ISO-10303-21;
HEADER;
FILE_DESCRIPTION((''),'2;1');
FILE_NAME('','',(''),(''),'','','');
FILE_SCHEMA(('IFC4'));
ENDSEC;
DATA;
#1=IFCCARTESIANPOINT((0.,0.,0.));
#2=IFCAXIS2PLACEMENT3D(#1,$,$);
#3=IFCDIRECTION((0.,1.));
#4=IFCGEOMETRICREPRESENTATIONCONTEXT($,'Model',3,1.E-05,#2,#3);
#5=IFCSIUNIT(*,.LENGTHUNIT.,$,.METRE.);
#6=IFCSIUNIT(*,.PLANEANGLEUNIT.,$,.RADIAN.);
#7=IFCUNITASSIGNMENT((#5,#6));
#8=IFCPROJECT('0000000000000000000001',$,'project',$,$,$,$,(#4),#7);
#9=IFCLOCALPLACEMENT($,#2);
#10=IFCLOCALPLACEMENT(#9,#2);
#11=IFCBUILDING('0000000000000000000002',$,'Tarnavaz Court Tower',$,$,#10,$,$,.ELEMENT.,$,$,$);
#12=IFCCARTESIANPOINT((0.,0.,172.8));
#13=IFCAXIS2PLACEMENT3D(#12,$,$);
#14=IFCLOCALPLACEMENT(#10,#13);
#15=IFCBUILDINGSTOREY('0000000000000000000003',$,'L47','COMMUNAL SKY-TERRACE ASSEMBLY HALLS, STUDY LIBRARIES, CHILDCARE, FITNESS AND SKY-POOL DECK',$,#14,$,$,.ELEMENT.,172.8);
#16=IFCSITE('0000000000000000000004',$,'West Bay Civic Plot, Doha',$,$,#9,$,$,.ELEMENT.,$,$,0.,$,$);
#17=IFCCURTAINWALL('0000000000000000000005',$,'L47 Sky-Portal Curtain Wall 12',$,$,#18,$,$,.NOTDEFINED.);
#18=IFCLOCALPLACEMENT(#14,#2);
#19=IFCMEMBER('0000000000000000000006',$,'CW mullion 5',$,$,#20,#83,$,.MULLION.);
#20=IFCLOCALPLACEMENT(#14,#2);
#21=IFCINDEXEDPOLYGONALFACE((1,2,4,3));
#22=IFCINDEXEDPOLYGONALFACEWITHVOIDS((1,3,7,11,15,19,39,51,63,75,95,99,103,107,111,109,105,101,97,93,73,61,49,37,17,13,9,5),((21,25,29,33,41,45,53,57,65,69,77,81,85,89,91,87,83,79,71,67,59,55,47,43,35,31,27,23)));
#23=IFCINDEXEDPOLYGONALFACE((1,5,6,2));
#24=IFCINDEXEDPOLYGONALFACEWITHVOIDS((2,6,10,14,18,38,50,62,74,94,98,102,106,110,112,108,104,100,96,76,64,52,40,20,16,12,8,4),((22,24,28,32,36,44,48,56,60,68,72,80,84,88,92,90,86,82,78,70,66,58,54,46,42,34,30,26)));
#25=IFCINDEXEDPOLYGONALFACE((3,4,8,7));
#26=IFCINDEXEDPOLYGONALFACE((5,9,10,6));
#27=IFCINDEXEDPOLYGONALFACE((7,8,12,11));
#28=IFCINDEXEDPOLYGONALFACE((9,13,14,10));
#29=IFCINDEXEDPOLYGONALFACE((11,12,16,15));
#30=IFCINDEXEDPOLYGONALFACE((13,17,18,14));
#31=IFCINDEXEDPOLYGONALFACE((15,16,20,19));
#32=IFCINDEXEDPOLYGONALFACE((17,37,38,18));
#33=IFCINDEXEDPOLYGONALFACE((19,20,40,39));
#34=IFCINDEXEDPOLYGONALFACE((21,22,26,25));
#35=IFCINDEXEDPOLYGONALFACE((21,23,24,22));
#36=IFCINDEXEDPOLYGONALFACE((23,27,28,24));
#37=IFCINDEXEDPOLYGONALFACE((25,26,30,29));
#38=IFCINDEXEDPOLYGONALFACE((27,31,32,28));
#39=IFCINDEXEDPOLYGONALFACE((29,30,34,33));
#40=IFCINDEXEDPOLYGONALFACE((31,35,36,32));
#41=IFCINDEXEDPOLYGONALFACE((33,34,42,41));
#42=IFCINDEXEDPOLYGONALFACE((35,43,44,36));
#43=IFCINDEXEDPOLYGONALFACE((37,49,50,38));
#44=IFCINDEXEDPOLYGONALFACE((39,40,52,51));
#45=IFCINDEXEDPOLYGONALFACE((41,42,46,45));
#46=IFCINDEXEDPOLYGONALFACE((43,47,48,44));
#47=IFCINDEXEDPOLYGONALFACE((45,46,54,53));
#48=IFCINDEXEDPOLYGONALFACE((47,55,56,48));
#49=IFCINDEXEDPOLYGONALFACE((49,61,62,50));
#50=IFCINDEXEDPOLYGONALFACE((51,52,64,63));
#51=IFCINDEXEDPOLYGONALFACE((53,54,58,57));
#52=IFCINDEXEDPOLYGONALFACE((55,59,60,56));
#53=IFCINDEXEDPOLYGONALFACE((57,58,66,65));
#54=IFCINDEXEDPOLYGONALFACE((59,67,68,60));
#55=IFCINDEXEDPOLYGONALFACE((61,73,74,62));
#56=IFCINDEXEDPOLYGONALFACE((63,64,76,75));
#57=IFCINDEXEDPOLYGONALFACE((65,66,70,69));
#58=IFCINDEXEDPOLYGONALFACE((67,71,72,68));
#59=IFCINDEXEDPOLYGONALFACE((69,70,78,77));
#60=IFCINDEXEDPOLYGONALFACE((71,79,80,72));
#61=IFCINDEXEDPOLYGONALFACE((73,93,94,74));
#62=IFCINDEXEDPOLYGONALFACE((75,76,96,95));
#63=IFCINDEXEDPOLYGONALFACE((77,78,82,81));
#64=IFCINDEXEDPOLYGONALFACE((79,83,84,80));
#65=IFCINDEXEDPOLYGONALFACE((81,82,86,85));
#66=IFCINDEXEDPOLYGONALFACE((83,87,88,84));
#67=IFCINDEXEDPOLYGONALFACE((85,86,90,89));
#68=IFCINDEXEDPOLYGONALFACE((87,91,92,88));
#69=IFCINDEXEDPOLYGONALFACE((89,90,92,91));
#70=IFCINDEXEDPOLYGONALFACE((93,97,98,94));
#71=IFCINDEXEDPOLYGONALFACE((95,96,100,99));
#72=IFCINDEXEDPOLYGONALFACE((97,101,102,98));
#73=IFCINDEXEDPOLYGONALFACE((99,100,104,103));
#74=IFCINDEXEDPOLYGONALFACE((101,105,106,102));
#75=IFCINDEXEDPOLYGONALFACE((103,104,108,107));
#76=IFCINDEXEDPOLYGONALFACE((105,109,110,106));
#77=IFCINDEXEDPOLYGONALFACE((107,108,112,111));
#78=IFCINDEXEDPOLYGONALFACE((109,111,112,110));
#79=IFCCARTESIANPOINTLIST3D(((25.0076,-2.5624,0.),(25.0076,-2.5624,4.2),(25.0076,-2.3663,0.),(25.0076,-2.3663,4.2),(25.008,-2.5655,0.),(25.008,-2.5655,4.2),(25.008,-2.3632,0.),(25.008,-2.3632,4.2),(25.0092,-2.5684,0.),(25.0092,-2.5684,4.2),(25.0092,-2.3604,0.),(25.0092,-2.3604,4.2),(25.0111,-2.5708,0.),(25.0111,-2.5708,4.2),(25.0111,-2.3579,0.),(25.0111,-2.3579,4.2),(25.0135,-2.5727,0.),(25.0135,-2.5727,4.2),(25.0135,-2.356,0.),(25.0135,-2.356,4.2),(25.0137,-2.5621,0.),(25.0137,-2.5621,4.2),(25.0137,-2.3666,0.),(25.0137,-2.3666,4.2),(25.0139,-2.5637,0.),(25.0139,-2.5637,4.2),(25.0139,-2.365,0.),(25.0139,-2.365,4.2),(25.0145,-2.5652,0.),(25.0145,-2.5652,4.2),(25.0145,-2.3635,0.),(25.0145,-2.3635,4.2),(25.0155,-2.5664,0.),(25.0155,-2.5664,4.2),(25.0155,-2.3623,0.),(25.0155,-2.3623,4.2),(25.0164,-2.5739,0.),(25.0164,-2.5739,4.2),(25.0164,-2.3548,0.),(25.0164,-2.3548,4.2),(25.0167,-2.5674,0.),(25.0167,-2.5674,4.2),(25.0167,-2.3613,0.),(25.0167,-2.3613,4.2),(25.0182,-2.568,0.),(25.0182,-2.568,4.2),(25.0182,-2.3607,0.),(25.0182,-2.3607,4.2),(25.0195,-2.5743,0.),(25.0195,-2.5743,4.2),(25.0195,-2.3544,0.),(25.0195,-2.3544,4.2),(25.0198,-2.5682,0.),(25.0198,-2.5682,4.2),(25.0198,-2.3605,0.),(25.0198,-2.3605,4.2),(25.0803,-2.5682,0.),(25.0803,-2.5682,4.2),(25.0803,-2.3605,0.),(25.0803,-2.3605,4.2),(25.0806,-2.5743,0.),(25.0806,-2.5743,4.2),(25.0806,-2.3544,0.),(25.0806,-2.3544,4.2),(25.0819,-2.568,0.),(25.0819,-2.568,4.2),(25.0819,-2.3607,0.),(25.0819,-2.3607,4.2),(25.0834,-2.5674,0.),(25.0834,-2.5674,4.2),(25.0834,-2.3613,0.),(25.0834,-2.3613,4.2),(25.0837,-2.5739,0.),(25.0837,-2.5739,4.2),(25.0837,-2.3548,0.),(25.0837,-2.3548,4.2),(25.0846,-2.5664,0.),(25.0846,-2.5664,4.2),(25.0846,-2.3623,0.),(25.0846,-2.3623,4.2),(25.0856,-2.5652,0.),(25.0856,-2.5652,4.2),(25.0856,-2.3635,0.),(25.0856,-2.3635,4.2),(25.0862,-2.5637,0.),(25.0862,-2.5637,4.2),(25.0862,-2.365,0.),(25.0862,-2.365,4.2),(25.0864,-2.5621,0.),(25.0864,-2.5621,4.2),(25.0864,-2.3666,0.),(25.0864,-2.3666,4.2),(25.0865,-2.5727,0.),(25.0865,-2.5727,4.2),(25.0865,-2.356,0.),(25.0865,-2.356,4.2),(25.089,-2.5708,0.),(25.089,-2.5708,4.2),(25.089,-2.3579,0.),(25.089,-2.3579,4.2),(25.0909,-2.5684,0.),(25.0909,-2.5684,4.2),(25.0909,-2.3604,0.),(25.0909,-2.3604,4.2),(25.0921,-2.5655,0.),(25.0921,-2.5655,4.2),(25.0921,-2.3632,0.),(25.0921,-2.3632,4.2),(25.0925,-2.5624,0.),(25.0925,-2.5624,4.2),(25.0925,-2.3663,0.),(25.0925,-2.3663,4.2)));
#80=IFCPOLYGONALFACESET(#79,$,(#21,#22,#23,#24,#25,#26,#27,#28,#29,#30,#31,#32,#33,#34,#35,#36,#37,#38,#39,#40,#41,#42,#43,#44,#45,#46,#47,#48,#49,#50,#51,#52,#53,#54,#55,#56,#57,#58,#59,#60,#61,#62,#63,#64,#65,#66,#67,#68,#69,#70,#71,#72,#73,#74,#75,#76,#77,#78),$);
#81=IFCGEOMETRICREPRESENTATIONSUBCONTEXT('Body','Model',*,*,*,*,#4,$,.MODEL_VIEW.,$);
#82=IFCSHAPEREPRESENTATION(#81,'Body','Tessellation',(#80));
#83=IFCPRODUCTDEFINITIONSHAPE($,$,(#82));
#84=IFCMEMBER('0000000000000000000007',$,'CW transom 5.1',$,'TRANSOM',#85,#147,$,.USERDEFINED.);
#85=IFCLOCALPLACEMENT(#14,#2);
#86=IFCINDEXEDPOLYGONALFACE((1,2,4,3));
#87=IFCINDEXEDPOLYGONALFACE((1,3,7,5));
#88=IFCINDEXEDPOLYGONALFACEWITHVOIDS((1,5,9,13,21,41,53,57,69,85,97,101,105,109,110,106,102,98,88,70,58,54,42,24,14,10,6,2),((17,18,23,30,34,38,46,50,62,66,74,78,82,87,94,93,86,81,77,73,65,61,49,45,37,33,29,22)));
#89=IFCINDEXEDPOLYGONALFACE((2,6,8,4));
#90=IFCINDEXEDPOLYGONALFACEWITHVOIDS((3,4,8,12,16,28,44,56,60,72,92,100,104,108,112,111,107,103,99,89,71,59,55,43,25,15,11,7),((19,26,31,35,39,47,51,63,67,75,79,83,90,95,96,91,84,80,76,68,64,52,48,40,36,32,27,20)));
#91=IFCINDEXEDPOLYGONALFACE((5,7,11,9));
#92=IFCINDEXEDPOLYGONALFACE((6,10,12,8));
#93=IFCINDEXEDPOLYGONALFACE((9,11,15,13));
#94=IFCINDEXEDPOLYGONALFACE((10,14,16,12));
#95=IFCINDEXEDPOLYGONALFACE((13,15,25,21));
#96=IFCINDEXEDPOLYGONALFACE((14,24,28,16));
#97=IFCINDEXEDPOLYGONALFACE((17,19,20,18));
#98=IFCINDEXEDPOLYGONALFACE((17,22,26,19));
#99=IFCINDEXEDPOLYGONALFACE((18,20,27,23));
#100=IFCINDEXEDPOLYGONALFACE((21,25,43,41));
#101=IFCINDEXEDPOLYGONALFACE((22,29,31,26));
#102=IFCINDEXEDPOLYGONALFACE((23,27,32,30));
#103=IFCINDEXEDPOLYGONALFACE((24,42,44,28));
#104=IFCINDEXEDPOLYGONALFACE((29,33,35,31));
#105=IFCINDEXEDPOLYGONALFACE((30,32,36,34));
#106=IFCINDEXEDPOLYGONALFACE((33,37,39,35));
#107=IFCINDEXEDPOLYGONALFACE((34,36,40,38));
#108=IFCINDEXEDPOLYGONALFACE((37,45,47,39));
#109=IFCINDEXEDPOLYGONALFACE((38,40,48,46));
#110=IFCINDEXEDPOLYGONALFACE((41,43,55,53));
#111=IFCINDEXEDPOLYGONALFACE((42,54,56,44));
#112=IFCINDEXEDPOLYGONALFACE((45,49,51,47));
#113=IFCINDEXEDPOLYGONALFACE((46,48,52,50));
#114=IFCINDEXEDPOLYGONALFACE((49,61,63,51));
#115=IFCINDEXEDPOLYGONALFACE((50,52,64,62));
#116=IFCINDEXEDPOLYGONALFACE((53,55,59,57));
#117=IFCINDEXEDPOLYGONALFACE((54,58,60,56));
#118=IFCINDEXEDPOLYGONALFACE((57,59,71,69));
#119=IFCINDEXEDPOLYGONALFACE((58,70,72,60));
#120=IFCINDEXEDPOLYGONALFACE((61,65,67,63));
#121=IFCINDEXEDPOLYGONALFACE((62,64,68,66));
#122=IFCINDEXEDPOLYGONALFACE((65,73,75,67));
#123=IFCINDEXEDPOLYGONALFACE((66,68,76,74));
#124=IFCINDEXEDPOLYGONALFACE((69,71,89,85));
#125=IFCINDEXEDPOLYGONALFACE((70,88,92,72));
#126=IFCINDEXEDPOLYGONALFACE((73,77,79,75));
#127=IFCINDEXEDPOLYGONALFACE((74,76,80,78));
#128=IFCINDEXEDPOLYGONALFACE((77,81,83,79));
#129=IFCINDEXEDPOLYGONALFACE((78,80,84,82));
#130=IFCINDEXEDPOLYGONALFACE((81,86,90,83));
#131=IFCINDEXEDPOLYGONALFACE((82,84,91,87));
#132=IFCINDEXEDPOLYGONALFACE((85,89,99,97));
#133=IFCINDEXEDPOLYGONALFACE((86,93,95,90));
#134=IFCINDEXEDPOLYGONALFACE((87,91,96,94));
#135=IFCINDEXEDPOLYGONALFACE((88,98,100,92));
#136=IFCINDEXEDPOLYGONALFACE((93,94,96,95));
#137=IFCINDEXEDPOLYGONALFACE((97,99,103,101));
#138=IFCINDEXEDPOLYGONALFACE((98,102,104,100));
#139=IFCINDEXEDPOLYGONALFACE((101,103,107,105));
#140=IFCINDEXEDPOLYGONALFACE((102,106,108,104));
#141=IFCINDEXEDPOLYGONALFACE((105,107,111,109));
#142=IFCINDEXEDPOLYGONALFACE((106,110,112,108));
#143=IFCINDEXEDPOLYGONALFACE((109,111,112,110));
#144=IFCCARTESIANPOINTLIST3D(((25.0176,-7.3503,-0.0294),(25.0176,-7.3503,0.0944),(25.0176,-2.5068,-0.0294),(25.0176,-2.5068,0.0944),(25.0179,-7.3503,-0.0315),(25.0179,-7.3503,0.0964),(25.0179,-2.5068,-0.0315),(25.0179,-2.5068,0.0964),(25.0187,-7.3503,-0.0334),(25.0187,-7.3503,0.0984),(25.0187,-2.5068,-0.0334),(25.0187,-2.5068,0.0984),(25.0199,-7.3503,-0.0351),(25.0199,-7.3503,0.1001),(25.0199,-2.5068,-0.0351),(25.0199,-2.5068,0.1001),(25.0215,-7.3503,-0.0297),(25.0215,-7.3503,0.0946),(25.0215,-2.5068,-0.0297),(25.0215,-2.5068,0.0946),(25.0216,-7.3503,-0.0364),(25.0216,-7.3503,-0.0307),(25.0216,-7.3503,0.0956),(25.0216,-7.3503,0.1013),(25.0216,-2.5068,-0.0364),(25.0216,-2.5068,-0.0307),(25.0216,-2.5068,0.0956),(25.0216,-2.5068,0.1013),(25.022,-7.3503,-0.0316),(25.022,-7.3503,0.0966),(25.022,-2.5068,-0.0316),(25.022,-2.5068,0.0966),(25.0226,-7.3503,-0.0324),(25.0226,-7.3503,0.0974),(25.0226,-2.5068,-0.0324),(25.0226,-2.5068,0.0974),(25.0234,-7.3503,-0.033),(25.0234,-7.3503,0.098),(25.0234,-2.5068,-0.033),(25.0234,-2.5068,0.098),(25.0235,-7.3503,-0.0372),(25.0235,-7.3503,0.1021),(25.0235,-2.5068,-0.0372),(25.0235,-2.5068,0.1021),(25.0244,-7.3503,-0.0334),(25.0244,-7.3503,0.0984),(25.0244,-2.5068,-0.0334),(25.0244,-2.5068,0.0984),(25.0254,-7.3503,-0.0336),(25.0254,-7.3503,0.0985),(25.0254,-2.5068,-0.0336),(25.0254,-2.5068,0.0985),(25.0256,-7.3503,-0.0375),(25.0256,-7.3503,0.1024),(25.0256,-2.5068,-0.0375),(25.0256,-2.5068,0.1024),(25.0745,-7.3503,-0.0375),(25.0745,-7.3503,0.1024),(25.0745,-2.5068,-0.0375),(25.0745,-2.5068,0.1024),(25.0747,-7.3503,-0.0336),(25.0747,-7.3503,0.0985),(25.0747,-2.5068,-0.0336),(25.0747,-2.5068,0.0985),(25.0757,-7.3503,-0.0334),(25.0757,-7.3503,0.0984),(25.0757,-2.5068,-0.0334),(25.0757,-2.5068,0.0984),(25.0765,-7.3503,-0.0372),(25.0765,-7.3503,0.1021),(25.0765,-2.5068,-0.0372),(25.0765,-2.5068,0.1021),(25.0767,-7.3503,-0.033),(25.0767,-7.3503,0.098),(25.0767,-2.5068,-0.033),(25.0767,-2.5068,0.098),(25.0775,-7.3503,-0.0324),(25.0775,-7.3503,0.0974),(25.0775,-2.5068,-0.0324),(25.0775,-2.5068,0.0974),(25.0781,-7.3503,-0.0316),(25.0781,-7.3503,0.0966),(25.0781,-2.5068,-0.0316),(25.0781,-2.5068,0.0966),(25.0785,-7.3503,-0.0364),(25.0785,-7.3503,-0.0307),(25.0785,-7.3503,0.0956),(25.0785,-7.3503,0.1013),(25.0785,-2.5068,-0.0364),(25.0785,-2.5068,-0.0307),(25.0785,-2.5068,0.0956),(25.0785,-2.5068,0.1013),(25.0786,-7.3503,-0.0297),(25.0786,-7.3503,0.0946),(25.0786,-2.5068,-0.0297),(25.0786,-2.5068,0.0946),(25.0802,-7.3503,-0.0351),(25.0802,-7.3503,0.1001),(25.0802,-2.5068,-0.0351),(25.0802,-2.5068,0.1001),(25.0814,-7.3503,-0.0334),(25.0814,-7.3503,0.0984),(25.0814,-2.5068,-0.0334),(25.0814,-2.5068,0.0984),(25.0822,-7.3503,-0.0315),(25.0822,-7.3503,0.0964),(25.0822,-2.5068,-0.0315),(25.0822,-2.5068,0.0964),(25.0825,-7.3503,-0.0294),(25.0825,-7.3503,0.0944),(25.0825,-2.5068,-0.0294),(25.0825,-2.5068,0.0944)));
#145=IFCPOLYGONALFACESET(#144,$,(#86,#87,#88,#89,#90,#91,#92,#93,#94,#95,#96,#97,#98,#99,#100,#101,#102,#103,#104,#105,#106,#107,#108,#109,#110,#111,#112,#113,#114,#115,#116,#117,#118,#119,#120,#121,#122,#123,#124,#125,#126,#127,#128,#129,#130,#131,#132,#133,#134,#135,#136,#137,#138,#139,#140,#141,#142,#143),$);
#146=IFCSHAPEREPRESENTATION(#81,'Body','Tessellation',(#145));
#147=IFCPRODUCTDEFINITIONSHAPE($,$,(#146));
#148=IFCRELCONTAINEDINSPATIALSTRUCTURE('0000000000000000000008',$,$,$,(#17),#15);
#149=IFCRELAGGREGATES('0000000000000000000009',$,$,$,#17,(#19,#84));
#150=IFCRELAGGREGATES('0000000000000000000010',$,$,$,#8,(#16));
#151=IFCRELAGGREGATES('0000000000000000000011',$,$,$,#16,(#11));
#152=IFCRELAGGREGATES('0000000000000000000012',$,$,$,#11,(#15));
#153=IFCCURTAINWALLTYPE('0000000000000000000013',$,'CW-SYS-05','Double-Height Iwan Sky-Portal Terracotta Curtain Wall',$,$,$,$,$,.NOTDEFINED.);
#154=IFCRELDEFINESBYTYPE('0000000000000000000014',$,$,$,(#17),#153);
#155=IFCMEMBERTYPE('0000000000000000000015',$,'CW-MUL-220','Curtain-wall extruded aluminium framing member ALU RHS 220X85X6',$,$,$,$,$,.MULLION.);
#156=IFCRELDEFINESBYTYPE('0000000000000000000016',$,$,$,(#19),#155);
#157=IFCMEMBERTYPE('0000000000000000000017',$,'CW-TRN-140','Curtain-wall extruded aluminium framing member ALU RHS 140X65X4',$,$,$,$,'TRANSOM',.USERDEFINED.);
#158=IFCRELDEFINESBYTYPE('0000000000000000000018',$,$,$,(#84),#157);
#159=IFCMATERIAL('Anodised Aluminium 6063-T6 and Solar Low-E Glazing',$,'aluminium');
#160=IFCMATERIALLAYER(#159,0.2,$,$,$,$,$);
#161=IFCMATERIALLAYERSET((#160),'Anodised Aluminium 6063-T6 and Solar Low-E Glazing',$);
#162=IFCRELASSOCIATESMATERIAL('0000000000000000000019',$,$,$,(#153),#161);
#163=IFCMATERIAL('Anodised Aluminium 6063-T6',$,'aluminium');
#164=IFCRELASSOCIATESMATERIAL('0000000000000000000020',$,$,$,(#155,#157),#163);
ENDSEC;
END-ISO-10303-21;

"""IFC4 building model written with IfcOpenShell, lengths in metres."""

from ifc_helpers import new_model, si_unit, direction, frame, origin, origin_2d, place, context, subcontext, project, spatial, hollow_rectangle, extrude, material, layer, layer_set, material_profile, profile_set, type_object, element, aggregate, save


model = new_model("IFC4")

# Units and contexts
model_context = context("Model", 3, precision=1e-05, world=origin(), true_north=direction((0.0, 1.0)))
body_context = subcontext(model_context, "Body", "Model", "MODEL_VIEW")
ifc_project = project(units=[si_unit("LENGTHUNIT", "METRE"), si_unit("PLANEANGLEUNIT", "RADIAN")], contexts=[model_context])

# Site, building, storey
site_placement = place(None, origin())
site = spatial("IfcSite", under=ifc_project, at=site_placement, Name="West Bay Civic Plot, Doha", CompositionType="ELEMENT", RefElevation=0.0)
building_placement = place(site_placement, origin())
building = spatial("IfcBuilding", under=site, at=building_placement, Name="Tarnavaz Court Tower", CompositionType="ELEMENT")
storey_placement = place(building_placement, frame((0.0, 0.0, 172.8)))
storey = spatial("IfcBuildingStorey", under=building, at=storey_placement, Name="L47", Description="COMMUNAL SKY-TERRACE ASSEMBLY HALLS, STUDY LIBRARIES, CHILDCARE, FITNESS AND SKY-POOL DECK", CompositionType="ELEMENT", Elevation=172.8)

# Curtain wall, members
ifc_material_1 = material(Name="Anodised Aluminium 6063-T6 and Solar Low-E Glazing", Category="aluminium")
ifc_layer_1 = layer(ifc_material_1, 0.2)
ifc_layer_set_1 = layer_set([ifc_layer_1], Name="Anodised Aluminium 6063-T6 and Solar Low-E Glazing")
curtain_wall_type = type_object("IfcCurtainWallType", Name="CW-SYS-05", Description="Double-Height Iwan Sky-Portal Terracotta Curtain Wall", PredefinedType="NOTDEFINED", material=ifc_layer_set_1)
curtain_wall_placement = place(storey_placement, origin())
curtain_wall = element("IfcCurtainWall", 1, at=curtain_wall_placement, inside=storey, type_object=curtain_wall_type, Name="L47 Sky-Portal Curtain Wall 12", PredefinedType="NOTDEFINED")
ifc_material_2 = material(Name="Anodised Aluminium 6063-T6", Category="aluminium")
ifc_material_profile_1 = material_profile(ifc_material_2, hollow_rectangle(XDim=0.085, YDim=0.22, WallThickness=0.0061, InnerFilletRadius=0.0061, OuterFilletRadius=0.012, at=origin_2d()), Name="ALU RHS 220X85X6")
ifc_profile_set_1 = profile_set([ifc_material_profile_1], Name="Anodised Aluminium 6063-T6")
member_type_1 = type_object("IfcMemberType", Name="CW-MUL-220", Description="Curtain-wall extruded aluminium framing member ALU RHS 220X85X6", PredefinedType="MULLION", material=ifc_profile_set_1)
member_1_placement = place(storey_placement, frame((25.05, -2.4644, 0.0), z_axis=(0.0, 0.0, 1.0), x_axis=(1.0, 0.0, 0.0)))
member_1 = element("IfcMember", 2, at=member_1_placement, type_object=member_type_1, Name="CW mullion 5", PredefinedType="MULLION", context=body_context, shape_type="SweptSolid", body=[
    extrude(hollow_rectangle(XDim=0.085, YDim=0.22, WallThickness=0.0061, InnerFilletRadius=0.0061, OuterFilletRadius=0.012, at=origin_2d()), origin(), (0.0, 0.0, 1.0), 4.2),
])
ifc_material_profile_2 = material_profile(ifc_material_2, hollow_rectangle(XDim=0.0649, YDim=0.1399, WallThickness=0.0039, InnerFilletRadius=0.0039, OuterFilletRadius=0.0081, at=origin_2d()), Name="ALU RHS 140X65X4")
ifc_profile_set_2 = profile_set([ifc_material_profile_2], Name="Anodised Aluminium 6063-T6")
member_type_2 = type_object("IfcMemberType", Name="CW-TRN-140", Description="Curtain-wall extruded aluminium framing member ALU RHS 140X65X4", ElementType="TRANSOM", PredefinedType="USERDEFINED", material=ifc_profile_set_2)
member_2_placement = place(storey_placement, frame((25.05, -2.5068, 0.0325), z_axis=(0.0, -1.0, 0.0), x_axis=(1.0, 0.0, 0.0)))
member_2 = element("IfcMember", 3, at=member_2_placement, type_object=member_type_2, Name="CW transom 5.1", ObjectType="TRANSOM", PredefinedType="USERDEFINED", context=body_context, shape_type="SweptSolid", body=[
    extrude(hollow_rectangle(XDim=0.0649, YDim=0.1399, WallThickness=0.0039, InnerFilletRadius=0.0039, OuterFilletRadius=0.0081, at=origin_2d()), origin(), (0.0, 0.0, 1.0), 4.8435),
])
aggregate(curtain_wall, [member_1, member_2])

save(model, "model.ifc")
